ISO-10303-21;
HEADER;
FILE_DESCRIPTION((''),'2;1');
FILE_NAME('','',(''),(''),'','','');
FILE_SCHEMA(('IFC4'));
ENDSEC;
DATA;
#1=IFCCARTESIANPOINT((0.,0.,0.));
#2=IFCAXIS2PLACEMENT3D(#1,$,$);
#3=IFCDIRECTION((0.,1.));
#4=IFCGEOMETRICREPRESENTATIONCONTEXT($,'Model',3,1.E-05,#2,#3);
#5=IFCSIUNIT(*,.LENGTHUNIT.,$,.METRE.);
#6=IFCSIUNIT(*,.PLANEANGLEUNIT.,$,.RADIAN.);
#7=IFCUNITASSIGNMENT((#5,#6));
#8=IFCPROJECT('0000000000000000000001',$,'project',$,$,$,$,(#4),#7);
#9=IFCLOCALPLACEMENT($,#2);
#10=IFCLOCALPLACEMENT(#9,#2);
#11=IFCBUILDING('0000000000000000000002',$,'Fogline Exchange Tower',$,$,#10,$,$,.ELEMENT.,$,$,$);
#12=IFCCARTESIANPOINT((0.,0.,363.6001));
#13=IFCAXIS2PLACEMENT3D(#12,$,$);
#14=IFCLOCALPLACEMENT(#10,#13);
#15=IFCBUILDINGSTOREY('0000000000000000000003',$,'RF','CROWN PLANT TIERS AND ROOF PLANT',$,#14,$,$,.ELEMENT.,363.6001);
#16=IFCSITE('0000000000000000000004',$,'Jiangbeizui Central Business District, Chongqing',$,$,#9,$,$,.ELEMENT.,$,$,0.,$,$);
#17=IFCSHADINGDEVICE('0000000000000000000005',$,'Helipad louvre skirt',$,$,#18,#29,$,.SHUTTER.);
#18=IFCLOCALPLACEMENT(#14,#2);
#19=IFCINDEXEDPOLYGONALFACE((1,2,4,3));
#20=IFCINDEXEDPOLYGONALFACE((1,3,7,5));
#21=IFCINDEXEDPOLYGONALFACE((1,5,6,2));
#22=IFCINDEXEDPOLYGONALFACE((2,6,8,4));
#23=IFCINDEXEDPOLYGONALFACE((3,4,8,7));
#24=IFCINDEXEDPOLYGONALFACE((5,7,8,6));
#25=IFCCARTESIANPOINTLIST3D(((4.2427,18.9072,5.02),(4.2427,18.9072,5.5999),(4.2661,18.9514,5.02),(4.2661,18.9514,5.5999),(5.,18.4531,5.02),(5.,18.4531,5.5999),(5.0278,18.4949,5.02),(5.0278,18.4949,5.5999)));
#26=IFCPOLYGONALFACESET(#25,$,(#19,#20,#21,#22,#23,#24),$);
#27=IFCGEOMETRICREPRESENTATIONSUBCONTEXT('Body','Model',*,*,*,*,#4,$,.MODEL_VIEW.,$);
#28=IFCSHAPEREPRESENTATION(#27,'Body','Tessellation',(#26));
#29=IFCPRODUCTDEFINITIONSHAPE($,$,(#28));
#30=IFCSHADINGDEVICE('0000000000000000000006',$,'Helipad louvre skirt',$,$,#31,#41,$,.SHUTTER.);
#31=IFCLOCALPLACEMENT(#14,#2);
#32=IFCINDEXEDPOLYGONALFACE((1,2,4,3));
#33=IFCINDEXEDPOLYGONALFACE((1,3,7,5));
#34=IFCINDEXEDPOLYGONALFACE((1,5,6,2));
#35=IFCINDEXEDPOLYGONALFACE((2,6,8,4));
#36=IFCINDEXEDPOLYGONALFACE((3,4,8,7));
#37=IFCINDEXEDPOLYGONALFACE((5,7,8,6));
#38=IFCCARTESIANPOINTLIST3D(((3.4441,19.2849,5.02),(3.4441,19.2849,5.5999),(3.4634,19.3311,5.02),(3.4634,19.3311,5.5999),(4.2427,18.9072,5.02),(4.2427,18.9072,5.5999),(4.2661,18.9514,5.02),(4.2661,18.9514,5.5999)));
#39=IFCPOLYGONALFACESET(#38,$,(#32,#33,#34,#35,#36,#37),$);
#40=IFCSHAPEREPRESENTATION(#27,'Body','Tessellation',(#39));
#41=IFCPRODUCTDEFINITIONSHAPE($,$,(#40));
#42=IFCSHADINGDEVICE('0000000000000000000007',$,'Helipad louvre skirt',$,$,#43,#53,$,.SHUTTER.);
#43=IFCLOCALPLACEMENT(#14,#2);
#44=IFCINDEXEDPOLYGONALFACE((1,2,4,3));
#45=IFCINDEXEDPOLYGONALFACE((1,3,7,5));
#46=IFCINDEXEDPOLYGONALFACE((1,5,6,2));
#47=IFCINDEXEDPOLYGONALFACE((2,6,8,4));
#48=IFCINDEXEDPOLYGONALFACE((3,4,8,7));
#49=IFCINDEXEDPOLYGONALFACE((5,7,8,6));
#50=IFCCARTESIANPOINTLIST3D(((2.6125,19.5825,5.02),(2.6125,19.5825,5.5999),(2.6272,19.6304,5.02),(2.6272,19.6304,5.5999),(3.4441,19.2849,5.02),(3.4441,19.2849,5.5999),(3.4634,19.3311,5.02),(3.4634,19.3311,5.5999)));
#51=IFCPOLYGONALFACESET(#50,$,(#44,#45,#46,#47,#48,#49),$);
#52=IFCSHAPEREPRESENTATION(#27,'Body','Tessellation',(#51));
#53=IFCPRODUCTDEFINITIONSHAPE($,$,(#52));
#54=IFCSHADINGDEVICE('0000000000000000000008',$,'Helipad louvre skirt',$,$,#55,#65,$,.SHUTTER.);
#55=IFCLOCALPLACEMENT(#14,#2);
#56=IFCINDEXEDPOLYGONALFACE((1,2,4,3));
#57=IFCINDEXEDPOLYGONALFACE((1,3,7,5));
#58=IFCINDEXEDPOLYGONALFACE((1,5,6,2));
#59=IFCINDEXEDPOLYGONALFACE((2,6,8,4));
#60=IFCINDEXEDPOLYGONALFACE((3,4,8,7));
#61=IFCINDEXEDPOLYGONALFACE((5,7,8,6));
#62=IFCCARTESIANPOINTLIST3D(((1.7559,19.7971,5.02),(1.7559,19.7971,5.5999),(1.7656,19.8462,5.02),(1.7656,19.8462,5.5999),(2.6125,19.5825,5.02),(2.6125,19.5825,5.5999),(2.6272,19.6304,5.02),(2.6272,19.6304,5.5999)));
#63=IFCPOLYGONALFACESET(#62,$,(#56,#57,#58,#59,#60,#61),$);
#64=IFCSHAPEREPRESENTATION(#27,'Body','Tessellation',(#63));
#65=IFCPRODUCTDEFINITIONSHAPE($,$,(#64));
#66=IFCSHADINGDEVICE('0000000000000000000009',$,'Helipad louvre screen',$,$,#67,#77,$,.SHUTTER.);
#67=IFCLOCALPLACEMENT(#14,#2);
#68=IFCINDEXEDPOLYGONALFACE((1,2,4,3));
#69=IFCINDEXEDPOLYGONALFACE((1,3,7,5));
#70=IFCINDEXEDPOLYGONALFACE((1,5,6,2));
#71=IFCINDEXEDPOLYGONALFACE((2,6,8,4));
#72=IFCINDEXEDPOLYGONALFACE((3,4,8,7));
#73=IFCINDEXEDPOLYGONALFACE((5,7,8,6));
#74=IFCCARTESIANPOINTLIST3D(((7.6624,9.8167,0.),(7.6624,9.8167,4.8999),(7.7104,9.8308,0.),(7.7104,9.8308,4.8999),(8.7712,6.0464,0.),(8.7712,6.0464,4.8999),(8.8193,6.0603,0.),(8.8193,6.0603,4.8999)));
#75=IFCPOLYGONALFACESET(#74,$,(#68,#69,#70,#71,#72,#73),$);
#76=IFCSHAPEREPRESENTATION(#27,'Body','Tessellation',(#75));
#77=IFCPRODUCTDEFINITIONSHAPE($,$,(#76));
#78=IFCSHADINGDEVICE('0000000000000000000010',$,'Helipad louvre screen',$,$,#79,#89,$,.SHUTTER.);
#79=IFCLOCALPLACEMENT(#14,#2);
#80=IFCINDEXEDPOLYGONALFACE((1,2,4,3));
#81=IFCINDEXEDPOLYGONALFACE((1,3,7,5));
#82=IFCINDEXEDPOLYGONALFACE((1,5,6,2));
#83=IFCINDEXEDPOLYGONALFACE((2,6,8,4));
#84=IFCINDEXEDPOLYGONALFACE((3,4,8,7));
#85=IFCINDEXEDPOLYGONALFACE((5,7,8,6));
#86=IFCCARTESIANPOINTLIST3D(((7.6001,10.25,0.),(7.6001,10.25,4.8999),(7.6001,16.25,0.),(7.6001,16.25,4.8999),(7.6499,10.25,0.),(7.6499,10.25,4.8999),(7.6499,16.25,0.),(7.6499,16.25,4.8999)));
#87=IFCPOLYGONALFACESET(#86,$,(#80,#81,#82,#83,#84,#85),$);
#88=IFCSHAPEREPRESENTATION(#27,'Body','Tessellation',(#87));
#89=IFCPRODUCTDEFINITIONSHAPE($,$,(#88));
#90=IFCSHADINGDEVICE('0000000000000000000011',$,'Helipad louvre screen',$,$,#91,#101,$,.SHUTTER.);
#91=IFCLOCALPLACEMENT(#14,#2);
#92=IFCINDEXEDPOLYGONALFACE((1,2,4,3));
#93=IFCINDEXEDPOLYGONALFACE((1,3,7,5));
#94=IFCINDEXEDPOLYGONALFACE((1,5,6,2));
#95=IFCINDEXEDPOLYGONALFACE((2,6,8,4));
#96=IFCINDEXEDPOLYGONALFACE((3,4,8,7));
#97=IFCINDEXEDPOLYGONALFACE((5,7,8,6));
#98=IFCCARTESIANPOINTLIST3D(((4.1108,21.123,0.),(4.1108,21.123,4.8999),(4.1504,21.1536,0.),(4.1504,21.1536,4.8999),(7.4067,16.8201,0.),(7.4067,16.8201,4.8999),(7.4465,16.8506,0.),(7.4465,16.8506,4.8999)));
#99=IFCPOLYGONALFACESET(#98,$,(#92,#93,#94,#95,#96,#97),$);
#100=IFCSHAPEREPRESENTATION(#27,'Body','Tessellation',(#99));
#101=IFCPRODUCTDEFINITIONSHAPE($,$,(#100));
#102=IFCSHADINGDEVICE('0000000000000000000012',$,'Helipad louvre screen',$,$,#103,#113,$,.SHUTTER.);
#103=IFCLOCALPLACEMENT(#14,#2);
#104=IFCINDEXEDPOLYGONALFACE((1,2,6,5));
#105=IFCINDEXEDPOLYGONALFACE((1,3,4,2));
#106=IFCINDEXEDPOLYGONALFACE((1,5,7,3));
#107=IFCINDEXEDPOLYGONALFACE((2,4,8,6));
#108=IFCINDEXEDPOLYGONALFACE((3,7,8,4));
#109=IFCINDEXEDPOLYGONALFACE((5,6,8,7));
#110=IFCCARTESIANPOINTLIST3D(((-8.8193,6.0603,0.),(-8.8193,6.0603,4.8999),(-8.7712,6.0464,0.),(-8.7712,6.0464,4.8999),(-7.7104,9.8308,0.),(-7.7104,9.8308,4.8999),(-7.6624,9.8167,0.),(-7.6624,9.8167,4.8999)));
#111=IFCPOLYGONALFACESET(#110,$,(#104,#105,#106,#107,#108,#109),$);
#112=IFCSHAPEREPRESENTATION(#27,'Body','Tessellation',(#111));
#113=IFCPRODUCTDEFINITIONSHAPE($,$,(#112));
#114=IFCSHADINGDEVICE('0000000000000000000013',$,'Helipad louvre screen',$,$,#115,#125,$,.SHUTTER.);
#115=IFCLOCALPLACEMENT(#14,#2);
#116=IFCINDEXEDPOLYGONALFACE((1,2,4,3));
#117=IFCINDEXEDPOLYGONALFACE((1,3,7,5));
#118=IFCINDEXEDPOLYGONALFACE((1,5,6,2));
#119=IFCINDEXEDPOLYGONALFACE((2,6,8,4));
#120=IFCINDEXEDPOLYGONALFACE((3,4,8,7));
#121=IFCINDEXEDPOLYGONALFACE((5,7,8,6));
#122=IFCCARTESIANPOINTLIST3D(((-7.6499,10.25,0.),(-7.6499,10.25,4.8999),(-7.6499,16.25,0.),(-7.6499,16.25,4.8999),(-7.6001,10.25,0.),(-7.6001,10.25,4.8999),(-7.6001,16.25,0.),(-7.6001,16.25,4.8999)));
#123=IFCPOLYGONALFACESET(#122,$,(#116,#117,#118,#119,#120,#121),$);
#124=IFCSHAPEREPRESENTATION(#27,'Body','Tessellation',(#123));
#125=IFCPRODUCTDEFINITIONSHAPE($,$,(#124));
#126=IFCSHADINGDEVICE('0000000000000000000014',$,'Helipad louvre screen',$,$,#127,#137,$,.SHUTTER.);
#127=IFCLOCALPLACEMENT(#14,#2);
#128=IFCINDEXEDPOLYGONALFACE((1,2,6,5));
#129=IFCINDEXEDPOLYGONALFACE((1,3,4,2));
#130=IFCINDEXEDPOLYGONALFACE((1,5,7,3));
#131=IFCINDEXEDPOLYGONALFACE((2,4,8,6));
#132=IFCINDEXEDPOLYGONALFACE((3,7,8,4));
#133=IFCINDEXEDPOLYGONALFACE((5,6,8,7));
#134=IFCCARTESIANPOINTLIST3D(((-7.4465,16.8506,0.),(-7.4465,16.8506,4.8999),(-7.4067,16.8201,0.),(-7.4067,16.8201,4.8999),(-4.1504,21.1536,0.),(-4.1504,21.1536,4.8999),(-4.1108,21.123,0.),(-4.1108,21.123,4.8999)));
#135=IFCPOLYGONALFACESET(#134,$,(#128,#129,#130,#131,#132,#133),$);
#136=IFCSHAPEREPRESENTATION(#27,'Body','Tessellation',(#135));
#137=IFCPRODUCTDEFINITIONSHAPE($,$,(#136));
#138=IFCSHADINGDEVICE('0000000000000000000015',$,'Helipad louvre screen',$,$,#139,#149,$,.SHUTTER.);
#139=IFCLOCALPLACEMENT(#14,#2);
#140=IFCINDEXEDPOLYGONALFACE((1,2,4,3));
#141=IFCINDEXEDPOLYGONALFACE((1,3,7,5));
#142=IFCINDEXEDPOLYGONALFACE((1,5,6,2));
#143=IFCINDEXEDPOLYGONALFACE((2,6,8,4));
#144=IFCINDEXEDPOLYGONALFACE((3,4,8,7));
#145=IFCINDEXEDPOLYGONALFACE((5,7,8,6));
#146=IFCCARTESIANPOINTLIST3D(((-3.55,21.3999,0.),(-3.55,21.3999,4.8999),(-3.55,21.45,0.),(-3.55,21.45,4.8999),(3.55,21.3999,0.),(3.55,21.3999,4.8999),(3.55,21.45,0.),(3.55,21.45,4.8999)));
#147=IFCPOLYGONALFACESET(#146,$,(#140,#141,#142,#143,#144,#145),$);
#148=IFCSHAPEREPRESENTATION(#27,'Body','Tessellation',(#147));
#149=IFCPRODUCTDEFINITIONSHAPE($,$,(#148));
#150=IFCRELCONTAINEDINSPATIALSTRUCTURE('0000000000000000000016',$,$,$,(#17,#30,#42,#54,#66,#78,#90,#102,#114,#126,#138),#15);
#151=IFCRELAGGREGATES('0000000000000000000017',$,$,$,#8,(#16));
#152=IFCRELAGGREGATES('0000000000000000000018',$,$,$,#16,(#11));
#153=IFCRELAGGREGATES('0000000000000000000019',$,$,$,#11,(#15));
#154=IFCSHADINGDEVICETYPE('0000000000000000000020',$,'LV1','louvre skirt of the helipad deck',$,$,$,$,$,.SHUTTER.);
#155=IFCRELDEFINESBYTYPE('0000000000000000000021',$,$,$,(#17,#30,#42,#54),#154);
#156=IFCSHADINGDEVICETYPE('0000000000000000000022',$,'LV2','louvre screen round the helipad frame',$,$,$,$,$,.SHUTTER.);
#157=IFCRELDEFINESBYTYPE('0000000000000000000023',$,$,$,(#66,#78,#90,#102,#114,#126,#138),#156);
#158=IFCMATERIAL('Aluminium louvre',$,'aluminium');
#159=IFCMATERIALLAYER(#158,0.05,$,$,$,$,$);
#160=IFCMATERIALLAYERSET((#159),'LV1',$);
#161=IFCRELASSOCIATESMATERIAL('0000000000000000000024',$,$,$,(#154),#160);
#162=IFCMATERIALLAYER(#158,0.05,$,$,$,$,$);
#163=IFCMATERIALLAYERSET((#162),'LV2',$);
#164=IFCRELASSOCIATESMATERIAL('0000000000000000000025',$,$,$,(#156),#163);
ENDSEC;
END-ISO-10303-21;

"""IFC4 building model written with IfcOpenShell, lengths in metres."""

from ifc_helpers import new_model, si_unit, direction, frame, origin, place, context, subcontext, project, spatial, polyline, outline, extrude, material, layer, layer_set, type_object, element, save


model = new_model("IFC4")

# Units and contexts
model_context = context("Model", 3, precision=1e-05, world=origin(), true_north=direction((0.0, 1.0)))
body_context = subcontext(model_context, "Body", "Model", "MODEL_VIEW")
ifc_project = project(units=[si_unit("LENGTHUNIT", "METRE"), si_unit("PLANEANGLEUNIT", "RADIAN")], contexts=[model_context])

# Site, building, storey
site_placement = place(None, origin())
site = spatial("IfcSite", under=ifc_project, at=site_placement, Name="Jiangbeizui Central Business District, Chongqing", CompositionType="ELEMENT", RefElevation=0.0)
building_placement = place(site_placement, origin())
building = spatial("IfcBuilding", under=site, at=building_placement, Name="Fogline Exchange Tower", CompositionType="ELEMENT")
storey_placement = place(building_placement, frame((0.0, 0.0, 363.6001)))
storey = spatial("IfcBuildingStorey", under=building, at=storey_placement, Name="RF", Description="CROWN PLANT TIERS AND ROOF PLANT", CompositionType="ELEMENT", Elevation=363.6001)

# Shading devices
ifc_material_1 = material(Name="Aluminium louvre", Category="aluminium")
ifc_layer_1 = layer(ifc_material_1, 0.05)
ifc_layer_set_1 = layer_set([ifc_layer_1], Name="LV1")
shading_device_type_1 = type_object("IfcShadingDeviceType", Name="LV1", Description="louvre skirt of the helipad deck", PredefinedType="SHUTTER", material=ifc_layer_set_1)
shading_device_1_placement = place(storey_placement, frame((0.0, 0.0, 5.02)))
element("IfcShadingDevice", 1, at=shading_device_1_placement, inside=storey, type_object=shading_device_type_1, Name="Helipad louvre skirt", PredefinedType="SHUTTER", context=body_context, shape_type="SweptSolid", body=[
    extrude(outline(polyline([(5.0, 18.4531), (5.0278, 18.4949), (4.2661, 18.9514), (4.2427, 18.9072), (5.0, 18.4531)])), origin(), (0.0, 0.0, 1.0), 0.5798),
])
shading_device_2_placement = place(storey_placement, frame((0.0, 0.0, 5.02)))
element("IfcShadingDevice", 2, at=shading_device_2_placement, inside=storey, type_object=shading_device_type_1, Name="Helipad louvre skirt", PredefinedType="SHUTTER", context=body_context, shape_type="SweptSolid", body=[
    extrude(outline(polyline([(4.2427, 18.9072), (4.2661, 18.9514), (3.4634, 19.3311), (3.4441, 19.2849), (4.2427, 18.9072)])), origin(), (0.0, 0.0, 1.0), 0.5798),
])
shading_device_3_placement = place(storey_placement, frame((0.0, 0.0, 5.02)))
element("IfcShadingDevice", 3, at=shading_device_3_placement, inside=storey, type_object=shading_device_type_1, Name="Helipad louvre skirt", PredefinedType="SHUTTER", context=body_context, shape_type="SweptSolid", body=[
    extrude(outline(polyline([(3.4441, 19.2849), (3.4634, 19.3311), (2.6272, 19.6304), (2.6125, 19.5825), (3.4441, 19.2849)])), origin(), (0.0, 0.0, 1.0), 0.5798),
])
shading_device_4_placement = place(storey_placement, frame((0.0, 0.0, 5.02)))
element("IfcShadingDevice", 4, at=shading_device_4_placement, inside=storey, type_object=shading_device_type_1, Name="Helipad louvre skirt", PredefinedType="SHUTTER", context=body_context, shape_type="SweptSolid", body=[
    extrude(outline(polyline([(2.6125, 19.5825), (2.6272, 19.6304), (1.7656, 19.8462), (1.7559, 19.7971), (2.6125, 19.5825)])), origin(), (0.0, 0.0, 1.0), 0.5798),
])
ifc_layer_2 = layer(ifc_material_1, 0.05)
ifc_layer_set_2 = layer_set([ifc_layer_2], Name="LV2")
shading_device_type_2 = type_object("IfcShadingDeviceType", Name="LV2", Description="louvre screen round the helipad frame", PredefinedType="SHUTTER", material=ifc_layer_set_2)
shading_device_5_placement = place(storey_placement, origin())
element("IfcShadingDevice", 5, at=shading_device_5_placement, inside=storey, type_object=shading_device_type_2, Name="Helipad louvre screen", PredefinedType="SHUTTER", context=body_context, shape_type="SweptSolid", body=[
    extrude(outline(polyline([(8.7712, 6.0464), (8.8193, 6.0603), (7.7104, 9.8308), (7.6624, 9.8167), (8.7712, 6.0464)])), origin(), (0.0, 0.0, 1.0), 4.8999),
])
shading_device_6_placement = place(storey_placement, origin())
element("IfcShadingDevice", 6, at=shading_device_6_placement, inside=storey, type_object=shading_device_type_2, Name="Helipad louvre screen", PredefinedType="SHUTTER", context=body_context, shape_type="SweptSolid", body=[
    extrude(outline(polyline([(7.6001, 10.25), (7.6499, 10.25), (7.6499, 16.25), (7.6001, 16.25), (7.6001, 10.25)])), origin(), (0.0, 0.0, 1.0), 4.8999),
])
shading_device_7_placement = place(storey_placement, origin())
element("IfcShadingDevice", 7, at=shading_device_7_placement, inside=storey, type_object=shading_device_type_2, Name="Helipad louvre screen", PredefinedType="SHUTTER", context=body_context, shape_type="SweptSolid", body=[
    extrude(outline(polyline([(7.4067, 16.8201), (7.4465, 16.8506), (4.1504, 21.1536), (4.1108, 21.123), (7.4067, 16.8201)])), origin(), (0.0, 0.0, 1.0), 4.8999),
])
shading_device_8_placement = place(storey_placement, origin())
element("IfcShadingDevice", 8, at=shading_device_8_placement, inside=storey, type_object=shading_device_type_2, Name="Helipad louvre screen", PredefinedType="SHUTTER", context=body_context, shape_type="SweptSolid", body=[
    extrude(outline(polyline([(-8.7712, 6.0464), (-7.6624, 9.8167), (-7.7104, 9.8308), (-8.8193, 6.0603), (-8.7712, 6.0464)])), origin(), (0.0, 0.0, 1.0), 4.8999),
])
shading_device_9_placement = place(storey_placement, origin())
element("IfcShadingDevice", 9, at=shading_device_9_placement, inside=storey, type_object=shading_device_type_2, Name="Helipad louvre screen", PredefinedType="SHUTTER", context=body_context, shape_type="SweptSolid", body=[
    extrude(outline(polyline([(-7.6001, 10.25), (-7.6001, 16.25), (-7.6499, 16.25), (-7.6499, 10.25), (-7.6001, 10.25)])), origin(), (0.0, 0.0, 1.0), 4.8999),
])
shading_device_10_placement = place(storey_placement, origin())
element("IfcShadingDevice", 10, at=shading_device_10_placement, inside=storey, type_object=shading_device_type_2, Name="Helipad louvre screen", PredefinedType="SHUTTER", context=body_context, shape_type="SweptSolid", body=[
    extrude(outline(polyline([(-7.4067, 16.8201), (-4.1108, 21.123), (-4.1504, 21.1536), (-7.4465, 16.8506), (-7.4067, 16.8201)])), origin(), (0.0, 0.0, 1.0), 4.8999),
])
shading_device_11_placement = place(storey_placement, origin())
element("IfcShadingDevice", 11, at=shading_device_11_placement, inside=storey, type_object=shading_device_type_2, Name="Helipad louvre screen", PredefinedType="SHUTTER", context=body_context, shape_type="SweptSolid", body=[
    extrude(outline(polyline([(3.55, 21.3999), (3.55, 21.45), (-3.55, 21.45), (-3.55, 21.3999), (3.55, 21.3999)])), origin(), (0.0, 0.0, 1.0), 4.8999),
])

save(model, "model.ifc")
